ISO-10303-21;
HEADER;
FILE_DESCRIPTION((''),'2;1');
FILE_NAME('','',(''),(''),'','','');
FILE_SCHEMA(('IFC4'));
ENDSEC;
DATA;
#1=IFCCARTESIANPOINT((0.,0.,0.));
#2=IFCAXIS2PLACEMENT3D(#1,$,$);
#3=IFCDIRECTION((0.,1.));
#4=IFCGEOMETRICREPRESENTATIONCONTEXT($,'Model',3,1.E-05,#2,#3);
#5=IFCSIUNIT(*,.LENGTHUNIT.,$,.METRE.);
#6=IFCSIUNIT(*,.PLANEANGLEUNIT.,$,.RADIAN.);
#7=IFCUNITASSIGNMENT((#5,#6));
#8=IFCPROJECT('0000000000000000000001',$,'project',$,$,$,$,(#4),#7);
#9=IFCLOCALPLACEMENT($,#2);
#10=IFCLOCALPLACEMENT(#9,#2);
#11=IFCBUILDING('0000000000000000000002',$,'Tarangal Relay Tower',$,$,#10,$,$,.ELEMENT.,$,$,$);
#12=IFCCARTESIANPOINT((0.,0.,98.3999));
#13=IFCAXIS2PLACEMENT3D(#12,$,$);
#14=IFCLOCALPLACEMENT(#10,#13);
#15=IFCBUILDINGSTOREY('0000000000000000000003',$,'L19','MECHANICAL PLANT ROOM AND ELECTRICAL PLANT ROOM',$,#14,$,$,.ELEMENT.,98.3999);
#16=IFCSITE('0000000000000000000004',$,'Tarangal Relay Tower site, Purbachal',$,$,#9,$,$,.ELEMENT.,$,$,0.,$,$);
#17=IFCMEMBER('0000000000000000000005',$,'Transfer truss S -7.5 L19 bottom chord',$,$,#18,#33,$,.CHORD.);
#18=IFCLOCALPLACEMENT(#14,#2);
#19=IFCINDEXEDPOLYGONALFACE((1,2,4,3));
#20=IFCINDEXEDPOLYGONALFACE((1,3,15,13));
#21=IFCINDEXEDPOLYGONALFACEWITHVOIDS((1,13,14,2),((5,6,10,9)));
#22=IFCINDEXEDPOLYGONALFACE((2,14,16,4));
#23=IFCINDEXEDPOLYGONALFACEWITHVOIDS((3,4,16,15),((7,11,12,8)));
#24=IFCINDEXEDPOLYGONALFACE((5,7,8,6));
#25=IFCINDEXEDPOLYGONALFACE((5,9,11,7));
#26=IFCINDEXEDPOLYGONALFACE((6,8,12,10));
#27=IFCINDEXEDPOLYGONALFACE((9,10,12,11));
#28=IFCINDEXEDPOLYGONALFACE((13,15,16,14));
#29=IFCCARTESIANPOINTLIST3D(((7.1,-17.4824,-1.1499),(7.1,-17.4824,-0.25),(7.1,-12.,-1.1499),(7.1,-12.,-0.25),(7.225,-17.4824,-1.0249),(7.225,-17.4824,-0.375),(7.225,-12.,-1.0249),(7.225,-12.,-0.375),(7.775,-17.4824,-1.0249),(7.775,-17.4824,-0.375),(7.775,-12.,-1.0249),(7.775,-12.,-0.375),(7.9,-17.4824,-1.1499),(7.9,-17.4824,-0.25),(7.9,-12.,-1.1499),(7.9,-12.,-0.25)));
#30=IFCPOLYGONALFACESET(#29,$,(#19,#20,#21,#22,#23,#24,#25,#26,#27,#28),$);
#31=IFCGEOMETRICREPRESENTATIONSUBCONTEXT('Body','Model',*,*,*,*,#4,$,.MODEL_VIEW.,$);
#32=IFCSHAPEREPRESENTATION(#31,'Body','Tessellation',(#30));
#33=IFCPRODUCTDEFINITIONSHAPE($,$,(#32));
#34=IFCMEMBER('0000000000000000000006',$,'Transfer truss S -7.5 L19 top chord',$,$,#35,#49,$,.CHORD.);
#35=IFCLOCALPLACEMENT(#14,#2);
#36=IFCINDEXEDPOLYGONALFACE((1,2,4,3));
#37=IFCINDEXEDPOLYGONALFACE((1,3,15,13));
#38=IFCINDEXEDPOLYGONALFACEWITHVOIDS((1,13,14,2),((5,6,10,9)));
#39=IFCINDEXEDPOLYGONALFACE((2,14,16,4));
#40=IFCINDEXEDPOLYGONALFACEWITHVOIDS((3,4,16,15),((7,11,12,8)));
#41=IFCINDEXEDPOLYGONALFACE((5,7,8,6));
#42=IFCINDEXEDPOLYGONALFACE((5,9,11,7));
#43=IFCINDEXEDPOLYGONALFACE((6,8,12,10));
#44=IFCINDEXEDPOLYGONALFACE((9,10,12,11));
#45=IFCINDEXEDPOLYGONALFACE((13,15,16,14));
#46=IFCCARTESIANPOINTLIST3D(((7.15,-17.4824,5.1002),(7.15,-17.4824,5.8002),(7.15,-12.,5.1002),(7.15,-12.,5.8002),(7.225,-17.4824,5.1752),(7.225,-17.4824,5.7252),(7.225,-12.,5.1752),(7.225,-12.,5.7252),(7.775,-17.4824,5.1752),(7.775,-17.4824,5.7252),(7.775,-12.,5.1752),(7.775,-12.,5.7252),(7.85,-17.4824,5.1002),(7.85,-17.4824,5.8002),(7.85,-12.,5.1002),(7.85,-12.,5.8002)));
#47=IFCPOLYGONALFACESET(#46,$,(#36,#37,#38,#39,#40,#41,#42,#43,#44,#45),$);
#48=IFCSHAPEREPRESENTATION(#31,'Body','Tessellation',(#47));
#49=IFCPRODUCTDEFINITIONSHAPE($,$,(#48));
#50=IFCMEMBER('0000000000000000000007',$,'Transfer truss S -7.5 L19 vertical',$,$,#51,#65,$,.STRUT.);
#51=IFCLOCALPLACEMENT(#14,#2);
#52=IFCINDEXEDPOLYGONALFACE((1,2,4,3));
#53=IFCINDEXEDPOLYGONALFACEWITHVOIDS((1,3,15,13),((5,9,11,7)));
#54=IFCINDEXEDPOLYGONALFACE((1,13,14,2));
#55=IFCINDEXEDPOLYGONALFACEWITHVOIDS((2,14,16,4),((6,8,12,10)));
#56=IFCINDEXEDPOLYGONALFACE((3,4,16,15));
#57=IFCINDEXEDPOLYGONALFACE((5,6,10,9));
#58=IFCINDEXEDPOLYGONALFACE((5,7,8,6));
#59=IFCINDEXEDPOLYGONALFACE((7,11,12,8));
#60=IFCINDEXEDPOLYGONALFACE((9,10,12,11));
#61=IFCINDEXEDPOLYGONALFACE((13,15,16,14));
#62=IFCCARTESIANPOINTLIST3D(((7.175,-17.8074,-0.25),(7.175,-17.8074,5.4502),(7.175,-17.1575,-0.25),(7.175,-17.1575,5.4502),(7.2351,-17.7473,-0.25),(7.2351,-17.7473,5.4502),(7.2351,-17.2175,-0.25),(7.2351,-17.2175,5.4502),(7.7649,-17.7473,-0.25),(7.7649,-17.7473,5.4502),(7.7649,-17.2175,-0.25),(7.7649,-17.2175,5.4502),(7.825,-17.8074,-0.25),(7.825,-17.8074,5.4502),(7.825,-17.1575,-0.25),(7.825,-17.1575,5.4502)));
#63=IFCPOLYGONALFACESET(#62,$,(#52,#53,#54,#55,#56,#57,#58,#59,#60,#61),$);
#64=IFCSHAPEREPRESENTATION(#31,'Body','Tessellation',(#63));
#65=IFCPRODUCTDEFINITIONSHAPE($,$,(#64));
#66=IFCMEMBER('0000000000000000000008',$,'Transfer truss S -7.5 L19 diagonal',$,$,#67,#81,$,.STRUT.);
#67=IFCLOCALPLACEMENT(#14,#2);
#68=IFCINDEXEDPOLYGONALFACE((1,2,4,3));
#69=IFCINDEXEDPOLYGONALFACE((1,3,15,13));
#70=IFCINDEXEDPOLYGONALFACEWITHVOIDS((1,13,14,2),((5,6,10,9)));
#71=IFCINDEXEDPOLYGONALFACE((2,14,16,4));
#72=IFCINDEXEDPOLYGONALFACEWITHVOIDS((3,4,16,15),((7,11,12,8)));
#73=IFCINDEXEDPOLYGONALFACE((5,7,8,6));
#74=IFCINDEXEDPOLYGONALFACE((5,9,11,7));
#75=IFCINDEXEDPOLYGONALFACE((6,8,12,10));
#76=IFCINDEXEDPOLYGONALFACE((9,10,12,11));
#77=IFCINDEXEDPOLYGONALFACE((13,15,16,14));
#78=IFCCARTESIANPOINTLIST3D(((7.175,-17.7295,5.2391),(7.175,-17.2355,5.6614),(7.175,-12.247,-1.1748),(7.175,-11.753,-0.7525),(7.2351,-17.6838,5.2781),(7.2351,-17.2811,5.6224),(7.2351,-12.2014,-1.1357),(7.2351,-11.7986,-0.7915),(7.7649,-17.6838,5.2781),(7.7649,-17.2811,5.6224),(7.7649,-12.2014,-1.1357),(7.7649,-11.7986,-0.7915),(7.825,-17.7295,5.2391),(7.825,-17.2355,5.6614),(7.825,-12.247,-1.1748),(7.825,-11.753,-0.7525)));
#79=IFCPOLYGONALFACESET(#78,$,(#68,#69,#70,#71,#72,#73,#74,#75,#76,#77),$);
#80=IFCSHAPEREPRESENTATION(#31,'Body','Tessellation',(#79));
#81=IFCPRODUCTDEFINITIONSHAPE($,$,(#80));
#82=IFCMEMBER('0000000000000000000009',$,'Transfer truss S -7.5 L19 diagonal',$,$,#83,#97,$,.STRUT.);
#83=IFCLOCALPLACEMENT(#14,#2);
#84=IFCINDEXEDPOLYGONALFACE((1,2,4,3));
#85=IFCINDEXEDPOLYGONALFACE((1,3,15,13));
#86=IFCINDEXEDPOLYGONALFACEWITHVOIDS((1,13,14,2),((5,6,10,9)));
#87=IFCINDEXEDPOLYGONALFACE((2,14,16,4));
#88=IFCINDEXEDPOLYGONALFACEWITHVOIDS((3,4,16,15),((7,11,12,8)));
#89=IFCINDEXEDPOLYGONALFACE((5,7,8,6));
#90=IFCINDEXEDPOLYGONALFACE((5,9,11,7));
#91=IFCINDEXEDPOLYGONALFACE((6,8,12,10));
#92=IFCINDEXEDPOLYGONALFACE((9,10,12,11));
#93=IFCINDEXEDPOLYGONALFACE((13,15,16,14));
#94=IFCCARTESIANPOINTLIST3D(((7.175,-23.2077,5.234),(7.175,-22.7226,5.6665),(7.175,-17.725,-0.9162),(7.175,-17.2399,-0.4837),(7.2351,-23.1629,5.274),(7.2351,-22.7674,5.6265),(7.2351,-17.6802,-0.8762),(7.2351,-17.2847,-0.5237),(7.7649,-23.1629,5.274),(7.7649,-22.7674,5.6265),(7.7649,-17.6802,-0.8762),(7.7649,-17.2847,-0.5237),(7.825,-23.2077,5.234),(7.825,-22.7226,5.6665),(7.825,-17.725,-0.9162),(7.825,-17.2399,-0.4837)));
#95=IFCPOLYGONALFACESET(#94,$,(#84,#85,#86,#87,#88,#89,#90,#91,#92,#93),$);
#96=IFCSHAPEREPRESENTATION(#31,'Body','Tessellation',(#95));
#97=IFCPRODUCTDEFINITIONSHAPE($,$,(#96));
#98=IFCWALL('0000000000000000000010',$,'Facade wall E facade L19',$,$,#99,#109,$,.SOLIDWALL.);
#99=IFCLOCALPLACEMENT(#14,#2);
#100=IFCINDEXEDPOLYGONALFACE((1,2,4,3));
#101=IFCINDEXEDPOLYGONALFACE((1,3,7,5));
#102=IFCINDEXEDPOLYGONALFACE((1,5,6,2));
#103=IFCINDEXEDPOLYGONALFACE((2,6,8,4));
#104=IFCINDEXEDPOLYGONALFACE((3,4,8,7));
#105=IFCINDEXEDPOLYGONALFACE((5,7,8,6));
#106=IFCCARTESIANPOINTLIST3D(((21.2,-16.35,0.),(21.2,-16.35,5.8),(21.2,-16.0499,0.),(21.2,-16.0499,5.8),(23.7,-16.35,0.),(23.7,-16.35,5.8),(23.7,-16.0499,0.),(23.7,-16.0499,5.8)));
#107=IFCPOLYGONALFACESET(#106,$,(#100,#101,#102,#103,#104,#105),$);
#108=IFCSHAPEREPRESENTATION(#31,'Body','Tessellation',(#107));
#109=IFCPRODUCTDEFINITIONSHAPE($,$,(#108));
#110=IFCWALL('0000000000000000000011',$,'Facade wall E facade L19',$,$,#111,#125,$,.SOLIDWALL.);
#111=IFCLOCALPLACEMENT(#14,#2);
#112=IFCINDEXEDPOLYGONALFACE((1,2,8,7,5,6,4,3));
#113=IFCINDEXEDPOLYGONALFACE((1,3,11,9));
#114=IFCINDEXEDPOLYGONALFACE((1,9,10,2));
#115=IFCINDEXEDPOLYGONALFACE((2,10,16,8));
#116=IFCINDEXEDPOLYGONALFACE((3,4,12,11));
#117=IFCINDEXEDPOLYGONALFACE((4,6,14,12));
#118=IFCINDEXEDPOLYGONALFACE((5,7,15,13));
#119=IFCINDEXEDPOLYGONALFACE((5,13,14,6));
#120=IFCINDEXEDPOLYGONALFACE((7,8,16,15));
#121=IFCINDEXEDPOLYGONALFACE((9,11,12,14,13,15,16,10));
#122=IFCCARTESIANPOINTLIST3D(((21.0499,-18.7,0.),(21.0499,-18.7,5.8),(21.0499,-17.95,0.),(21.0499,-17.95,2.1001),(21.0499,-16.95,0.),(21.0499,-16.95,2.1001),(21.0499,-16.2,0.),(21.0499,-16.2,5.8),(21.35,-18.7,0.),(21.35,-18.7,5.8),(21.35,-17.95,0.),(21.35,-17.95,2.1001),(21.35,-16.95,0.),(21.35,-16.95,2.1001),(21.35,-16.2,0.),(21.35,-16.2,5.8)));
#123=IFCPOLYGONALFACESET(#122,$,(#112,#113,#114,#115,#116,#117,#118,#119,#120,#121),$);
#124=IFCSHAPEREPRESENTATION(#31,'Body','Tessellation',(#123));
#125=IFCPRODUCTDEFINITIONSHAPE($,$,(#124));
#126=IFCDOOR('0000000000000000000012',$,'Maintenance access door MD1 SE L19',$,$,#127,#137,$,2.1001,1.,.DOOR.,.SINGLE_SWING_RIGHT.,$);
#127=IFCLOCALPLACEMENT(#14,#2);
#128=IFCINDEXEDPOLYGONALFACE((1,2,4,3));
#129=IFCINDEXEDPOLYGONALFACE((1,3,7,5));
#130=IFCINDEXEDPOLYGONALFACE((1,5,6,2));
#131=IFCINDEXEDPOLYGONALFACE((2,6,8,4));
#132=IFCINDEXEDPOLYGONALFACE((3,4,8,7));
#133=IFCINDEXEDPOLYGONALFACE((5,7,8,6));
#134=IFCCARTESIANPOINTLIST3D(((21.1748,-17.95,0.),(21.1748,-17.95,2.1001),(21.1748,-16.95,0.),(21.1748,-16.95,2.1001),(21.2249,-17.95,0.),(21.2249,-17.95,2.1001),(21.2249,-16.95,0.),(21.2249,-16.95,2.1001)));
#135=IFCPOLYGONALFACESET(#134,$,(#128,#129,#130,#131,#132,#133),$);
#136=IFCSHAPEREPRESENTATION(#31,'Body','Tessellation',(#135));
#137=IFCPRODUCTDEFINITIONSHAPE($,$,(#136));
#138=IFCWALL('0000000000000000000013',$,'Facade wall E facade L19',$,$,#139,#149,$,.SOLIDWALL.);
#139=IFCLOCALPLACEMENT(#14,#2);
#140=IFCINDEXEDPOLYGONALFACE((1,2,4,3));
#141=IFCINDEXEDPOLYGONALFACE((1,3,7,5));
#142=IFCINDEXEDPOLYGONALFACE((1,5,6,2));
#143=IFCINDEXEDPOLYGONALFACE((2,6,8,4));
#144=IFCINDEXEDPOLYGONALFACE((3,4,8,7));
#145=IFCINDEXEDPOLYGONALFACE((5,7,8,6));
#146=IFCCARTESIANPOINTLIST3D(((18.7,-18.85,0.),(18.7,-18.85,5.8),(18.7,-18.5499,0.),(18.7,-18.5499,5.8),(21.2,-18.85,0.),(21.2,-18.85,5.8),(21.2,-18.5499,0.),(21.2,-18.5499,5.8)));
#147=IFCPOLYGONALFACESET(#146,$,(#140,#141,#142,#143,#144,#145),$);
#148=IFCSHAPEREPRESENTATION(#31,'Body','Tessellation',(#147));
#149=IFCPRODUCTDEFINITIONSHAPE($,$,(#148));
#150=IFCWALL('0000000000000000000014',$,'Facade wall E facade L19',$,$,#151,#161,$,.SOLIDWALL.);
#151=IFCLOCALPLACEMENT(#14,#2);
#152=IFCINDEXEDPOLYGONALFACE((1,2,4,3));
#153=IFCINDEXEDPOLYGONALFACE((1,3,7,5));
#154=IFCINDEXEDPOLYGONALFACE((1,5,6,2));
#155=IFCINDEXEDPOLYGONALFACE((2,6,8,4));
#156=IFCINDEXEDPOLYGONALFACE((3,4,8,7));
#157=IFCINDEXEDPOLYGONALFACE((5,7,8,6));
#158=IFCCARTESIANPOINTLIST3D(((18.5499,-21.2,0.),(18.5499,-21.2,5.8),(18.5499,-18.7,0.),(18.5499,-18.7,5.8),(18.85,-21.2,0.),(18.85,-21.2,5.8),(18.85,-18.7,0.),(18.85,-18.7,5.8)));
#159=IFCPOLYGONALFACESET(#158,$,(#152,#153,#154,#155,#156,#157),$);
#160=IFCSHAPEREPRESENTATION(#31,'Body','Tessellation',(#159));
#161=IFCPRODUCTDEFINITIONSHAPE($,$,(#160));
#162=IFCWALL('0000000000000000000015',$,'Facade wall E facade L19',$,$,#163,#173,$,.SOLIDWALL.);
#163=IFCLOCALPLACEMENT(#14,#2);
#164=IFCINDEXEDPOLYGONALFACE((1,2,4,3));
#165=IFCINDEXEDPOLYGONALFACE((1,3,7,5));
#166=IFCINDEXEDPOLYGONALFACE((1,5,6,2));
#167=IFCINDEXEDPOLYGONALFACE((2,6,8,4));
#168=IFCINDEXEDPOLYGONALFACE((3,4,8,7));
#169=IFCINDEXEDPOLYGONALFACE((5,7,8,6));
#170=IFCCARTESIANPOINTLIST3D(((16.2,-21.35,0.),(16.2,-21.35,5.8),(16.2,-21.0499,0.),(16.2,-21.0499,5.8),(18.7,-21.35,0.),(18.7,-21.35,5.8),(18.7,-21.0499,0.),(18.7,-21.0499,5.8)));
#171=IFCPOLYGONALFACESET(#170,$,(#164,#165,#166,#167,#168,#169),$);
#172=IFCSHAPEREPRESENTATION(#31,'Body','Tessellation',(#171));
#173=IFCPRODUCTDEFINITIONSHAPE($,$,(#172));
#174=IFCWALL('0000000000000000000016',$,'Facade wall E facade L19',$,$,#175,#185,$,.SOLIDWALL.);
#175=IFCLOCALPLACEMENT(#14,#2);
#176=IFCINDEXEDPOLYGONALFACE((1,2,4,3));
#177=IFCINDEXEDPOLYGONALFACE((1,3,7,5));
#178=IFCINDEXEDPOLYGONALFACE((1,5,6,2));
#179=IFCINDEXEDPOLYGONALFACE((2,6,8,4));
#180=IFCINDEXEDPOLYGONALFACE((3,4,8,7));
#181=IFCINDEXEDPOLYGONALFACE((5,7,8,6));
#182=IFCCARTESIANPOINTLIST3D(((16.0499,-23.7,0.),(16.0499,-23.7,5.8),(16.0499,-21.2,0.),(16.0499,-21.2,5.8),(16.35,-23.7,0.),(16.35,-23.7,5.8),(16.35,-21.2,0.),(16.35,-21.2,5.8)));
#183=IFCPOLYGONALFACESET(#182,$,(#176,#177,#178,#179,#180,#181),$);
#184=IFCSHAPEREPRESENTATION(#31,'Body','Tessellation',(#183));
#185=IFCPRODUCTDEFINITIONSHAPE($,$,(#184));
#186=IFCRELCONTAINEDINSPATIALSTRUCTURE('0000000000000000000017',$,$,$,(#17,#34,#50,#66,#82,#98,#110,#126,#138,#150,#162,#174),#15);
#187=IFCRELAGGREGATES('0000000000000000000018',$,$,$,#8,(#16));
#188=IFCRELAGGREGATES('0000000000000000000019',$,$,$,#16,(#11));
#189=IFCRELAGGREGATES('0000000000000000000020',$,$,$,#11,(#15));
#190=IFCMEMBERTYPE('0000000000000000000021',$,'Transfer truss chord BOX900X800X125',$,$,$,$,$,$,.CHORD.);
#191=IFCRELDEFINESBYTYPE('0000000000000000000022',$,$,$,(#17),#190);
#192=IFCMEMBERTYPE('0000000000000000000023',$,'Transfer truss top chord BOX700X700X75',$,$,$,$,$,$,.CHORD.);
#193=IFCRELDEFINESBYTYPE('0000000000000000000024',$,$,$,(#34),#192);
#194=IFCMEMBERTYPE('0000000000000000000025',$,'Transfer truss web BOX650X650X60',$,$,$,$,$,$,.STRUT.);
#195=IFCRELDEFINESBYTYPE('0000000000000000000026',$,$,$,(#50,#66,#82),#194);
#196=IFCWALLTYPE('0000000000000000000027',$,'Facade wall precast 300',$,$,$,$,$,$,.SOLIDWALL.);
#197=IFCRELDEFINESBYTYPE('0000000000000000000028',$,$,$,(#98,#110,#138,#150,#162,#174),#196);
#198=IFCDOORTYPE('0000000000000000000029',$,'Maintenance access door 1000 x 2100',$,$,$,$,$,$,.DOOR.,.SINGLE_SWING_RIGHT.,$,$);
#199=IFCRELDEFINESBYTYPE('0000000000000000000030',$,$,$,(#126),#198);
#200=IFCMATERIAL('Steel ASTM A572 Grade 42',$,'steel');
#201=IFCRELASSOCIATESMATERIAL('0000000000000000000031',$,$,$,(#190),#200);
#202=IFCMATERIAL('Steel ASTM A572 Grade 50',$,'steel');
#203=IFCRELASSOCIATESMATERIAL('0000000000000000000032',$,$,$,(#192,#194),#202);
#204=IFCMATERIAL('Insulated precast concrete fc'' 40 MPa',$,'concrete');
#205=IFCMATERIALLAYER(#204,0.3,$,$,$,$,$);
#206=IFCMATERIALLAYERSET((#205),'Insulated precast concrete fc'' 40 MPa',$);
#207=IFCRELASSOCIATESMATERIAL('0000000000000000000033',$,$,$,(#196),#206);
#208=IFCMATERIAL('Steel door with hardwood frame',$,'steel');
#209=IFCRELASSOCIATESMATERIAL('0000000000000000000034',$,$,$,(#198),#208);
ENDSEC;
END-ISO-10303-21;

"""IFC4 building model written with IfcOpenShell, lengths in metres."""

from ifc_helpers import new_model, si_unit, direction, frame, frame_2d, origin, origin_2d, place, context, subcontext, project, spatial, rectangle, hollow_rectangle, extrude, material, layer, layer_set, material_profile, profile_set, type_object, element, fill, save


model = new_model("IFC4")

# Units and contexts
model_context = context("Model", 3, precision=1e-05, world=origin(), true_north=direction((0.0, 1.0)))
body_context = subcontext(model_context, "Body", "Model", "MODEL_VIEW")
ifc_project = project(units=[si_unit("LENGTHUNIT", "METRE"), si_unit("PLANEANGLEUNIT", "RADIAN")], contexts=[model_context])

# Site, building, storey
site_placement = place(None, origin())
site = spatial("IfcSite", under=ifc_project, at=site_placement, Name="Tarangal Relay Tower site, Purbachal", CompositionType="ELEMENT", RefElevation=0.0)
building_placement = place(site_placement, origin())
building = spatial("IfcBuilding", under=site, at=building_placement, Name="Tarangal Relay Tower", CompositionType="ELEMENT")
storey_placement = place(building_placement, frame((0.0, 0.0, 98.3999)))
storey = spatial("IfcBuildingStorey", under=building, at=storey_placement, Name="L19", Description="MECHANICAL PLANT ROOM AND ELECTRICAL PLANT ROOM", CompositionType="ELEMENT", Elevation=98.3999)

# Shared definitions
ifc_material_1 = material(Name="Steel ASTM A572 Grade 42", Category="steel")

# Shared definitions
ifc_material_2 = material(Name="Steel ASTM A572 Grade 50", Category="steel")

# Members
ifc_material_profile_1 = material_profile(ifc_material_1, hollow_rectangle(XDim=0.8, YDim=0.8999, WallThickness=0.125, at=origin_2d()), Name="BOX900X800X125")
ifc_profile_set_1 = profile_set([ifc_material_profile_1], Name="Steel ASTM A572 Grade 42")
member_type_1 = type_object("IfcMemberType", Name="Transfer truss chord BOX900X800X125", PredefinedType="CHORD", material=ifc_profile_set_1)
member_1_placement = place(storey_placement, frame((7.5, -12.0, -0.7), z_axis=(0.0, -1.0, 0.0), x_axis=(1.0, 0.0, 0.0)))
element("IfcMember", 1, at=member_1_placement, inside=storey, type_object=member_type_1, Name="Transfer truss S -7.5 L19 bottom chord", PredefinedType="CHORD", context=body_context, shape_type="SweptSolid", body=[
    extrude(hollow_rectangle(XDim=0.8, YDim=0.8999, WallThickness=0.125, at=origin_2d()), origin(), (0.0, 0.0, 1.0), 5.4824),
])
ifc_material_profile_2 = material_profile(ifc_material_2, hollow_rectangle(XDim=0.7, YDim=0.7, WallThickness=0.075, at=origin_2d()), Name="BOX700X700X75")
ifc_profile_set_2 = profile_set([ifc_material_profile_2], Name="Steel ASTM A572 Grade 50")
member_type_2 = type_object("IfcMemberType", Name="Transfer truss top chord BOX700X700X75", PredefinedType="CHORD", material=ifc_profile_set_2)
member_2_placement = place(storey_placement, frame((7.5, -12.0, 5.4502), z_axis=(0.0, -1.0, 0.0), x_axis=(1.0, 0.0, 0.0)))
element("IfcMember", 2, at=member_2_placement, inside=storey, type_object=member_type_2, Name="Transfer truss S -7.5 L19 top chord", PredefinedType="CHORD", context=body_context, shape_type="SweptSolid", body=[
    extrude(hollow_rectangle(XDim=0.7, YDim=0.7, WallThickness=0.075, at=origin_2d()), origin(), (0.0, 0.0, 1.0), 5.4824),
])
ifc_material_profile_3 = material_profile(ifc_material_2, hollow_rectangle(XDim=0.6499, YDim=0.6499, WallThickness=0.0601, at=origin_2d()), Name="BOX650X650X60")
ifc_profile_set_3 = profile_set([ifc_material_profile_3], Name="Steel ASTM A572 Grade 50")
member_type_3 = type_object("IfcMemberType", Name="Transfer truss web BOX650X650X60", PredefinedType="STRUT", material=ifc_profile_set_3)
member_3_placement = place(storey_placement, frame((7.5, -17.4824, -0.25), z_axis=(0.0, 0.0, 1.0), x_axis=(1.0, 0.0, 0.0)))
element("IfcMember", 3, at=member_3_placement, inside=storey, type_object=member_type_3, Name="Transfer truss S -7.5 L19 vertical", PredefinedType="STRUT", context=body_context, shape_type="SweptSolid", body=[
    extrude(hollow_rectangle(XDim=0.6499, YDim=0.6499, WallThickness=0.0601, at=origin_2d()), origin(), (0.0, 0.0, 1.0), 5.7002),
])
member_4_placement = place(storey_placement, frame((7.5, -12.0, -0.9636), z_axis=(0.0, -0.649757, 0.760142), x_axis=(1.0, 0.0, 0.0)))
element("IfcMember", 4, at=member_4_placement, inside=storey, type_object=member_type_3, Name="Transfer truss S -7.5 L19 diagonal", PredefinedType="STRUT", context=body_context, shape_type="SweptSolid", body=[
    extrude(hollow_rectangle(XDim=0.6499, YDim=0.6499, WallThickness=0.0601, at=origin_2d()), origin(), (0.0, 0.0, 1.0), 8.4377),
])
member_5_placement = place(storey_placement, frame((7.5, -17.4824, -0.7), z_axis=(0.0, -0.665439, 0.746452), x_axis=(1.0, 0.0, 0.0)))
element("IfcMember", 5, at=member_5_placement, inside=storey, type_object=member_type_3, Name="Transfer truss S -7.5 L19 diagonal", PredefinedType="STRUT", context=body_context, shape_type="SweptSolid", body=[
    extrude(hollow_rectangle(XDim=0.6499, YDim=0.6499, WallThickness=0.0601, at=origin_2d()), origin(), (0.0, 0.0, 1.0), 8.2393),
])

# Wall
ifc_material_3 = material(Name="Insulated precast concrete fc' 40 MPa", Category="concrete")
ifc_layer_1 = layer(ifc_material_3, 0.3)
ifc_layer_set_1 = layer_set([ifc_layer_1], Name="Insulated precast concrete fc' 40 MPa")
wall_type_1 = type_object("IfcWallType", Name="Facade wall precast 300", PredefinedType="SOLIDWALL", material=ifc_layer_set_1)
wall_1_placement = place(storey_placement, frame((23.7, -16.2, 0.0), z_axis=(0.0, 0.0, 1.0), x_axis=(-1.0, 0.0, 0.0)))
element("IfcWall", 6, at=wall_1_placement, inside=storey, type_object=wall_type_1, Name="Facade wall E facade L19", PredefinedType="SOLIDWALL", context=body_context, shape_type="SweptSolid", body=[
    extrude(rectangle(XDim=2.5, YDim=0.3, at=frame_2d((1.25, 0.0))), origin(), (0.0, 0.0, 1.0), 5.8),
])

# Wall, opening, door
wall_2_placement = place(storey_placement, frame((21.2, -16.2, 0.0), z_axis=(0.0, 0.0, 1.0), x_axis=(0.0, -1.0, 0.0)))
wall_2 = element("IfcWall", 7, at=wall_2_placement, inside=storey, type_object=wall_type_1, Name="Facade wall E facade L19", PredefinedType="SOLIDWALL", context=body_context, shape_type="SweptSolid", body=[
    extrude(rectangle(XDim=2.5, YDim=0.3, at=frame_2d((1.25, 0.0))), origin(), (0.0, 0.0, 1.0), 5.8),
])
opening_1_placement = place(wall_2_placement, frame((0.75, 0.0, 0.0)))
opening_1 = element("IfcOpeningElement", 8, at=opening_1_placement, cuts=wall_2, PredefinedType="OPENING", context=body_context, shape_type="SweptSolid", body=[
    extrude(rectangle(XDim=1.0, YDim=2.1001, at=frame_2d((0.5, 1.05))), frame((0.0, 0.1599, 0.0), z_axis=(0.0, -1.0, 0.0), x_axis=(1.0, 0.0, 0.0)), (0.0, 0.0, 1.0), 0.3201),
])
ifc_material_4 = material(Name="Steel door with hardwood frame", Category="steel")
door_type = type_object("IfcDoorType", Name="Maintenance access door 1000 x 2100", OperationType="SINGLE_SWING_RIGHT", PredefinedType="DOOR", material=ifc_material_4)
door_placement = place(opening_1_placement, origin())
door = element("IfcDoor", 9, at=door_placement, inside=storey, type_object=door_type, Name="Maintenance access door MD1 SE L19", OperationType="SINGLE_SWING_RIGHT", OverallHeight=2.1001, OverallWidth=1.0, PredefinedType="DOOR", context=body_context, shape_type="SweptSolid", body=[
    extrude(rectangle(XDim=1.0, YDim=2.1001, at=frame_2d((0.5, 1.05))), frame((0.0, 0.0249, 0.0), z_axis=(0.0, -1.0, 0.0), x_axis=(1.0, 0.0, 0.0)), (0.0, 0.0, 1.0), 0.05),
])
fill(opening_1, door)

# Walls
for number, where, z_axis, x_axis, name in (
    (10, (21.2, -18.7, 0.0), (0.0, 0.0, 1.0), (-1.0, 0.0, 0.0), "Facade wall E facade L19"),
    (11, (18.7, -18.7, 0.0), (0.0, 0.0, 1.0), (0.0, -1.0, 0.0), "Facade wall E facade L19"),
    (12, (18.7, -21.2, 0.0), (0.0, 0.0, 1.0), (-1.0, 0.0, 0.0), "Facade wall E facade L19"),
    (13, (16.2, -21.2, 0.0), (0.0, 0.0, 1.0), (0.0, -1.0, 0.0), "Facade wall E facade L19"),
):
    element("IfcWall", number, at=place(storey_placement, frame(where, z_axis=z_axis, x_axis=x_axis)), inside=storey, type_object=wall_type_1, Name=name, PredefinedType="SOLIDWALL", context=body_context, shape_type="SweptSolid", body=[
        extrude(rectangle(XDim=2.5, YDim=0.3, at=frame_2d((1.25, 0.0))), origin(), (0.0, 0.0, 1.0), 5.8),
    ])

save(model, "model.ifc")
